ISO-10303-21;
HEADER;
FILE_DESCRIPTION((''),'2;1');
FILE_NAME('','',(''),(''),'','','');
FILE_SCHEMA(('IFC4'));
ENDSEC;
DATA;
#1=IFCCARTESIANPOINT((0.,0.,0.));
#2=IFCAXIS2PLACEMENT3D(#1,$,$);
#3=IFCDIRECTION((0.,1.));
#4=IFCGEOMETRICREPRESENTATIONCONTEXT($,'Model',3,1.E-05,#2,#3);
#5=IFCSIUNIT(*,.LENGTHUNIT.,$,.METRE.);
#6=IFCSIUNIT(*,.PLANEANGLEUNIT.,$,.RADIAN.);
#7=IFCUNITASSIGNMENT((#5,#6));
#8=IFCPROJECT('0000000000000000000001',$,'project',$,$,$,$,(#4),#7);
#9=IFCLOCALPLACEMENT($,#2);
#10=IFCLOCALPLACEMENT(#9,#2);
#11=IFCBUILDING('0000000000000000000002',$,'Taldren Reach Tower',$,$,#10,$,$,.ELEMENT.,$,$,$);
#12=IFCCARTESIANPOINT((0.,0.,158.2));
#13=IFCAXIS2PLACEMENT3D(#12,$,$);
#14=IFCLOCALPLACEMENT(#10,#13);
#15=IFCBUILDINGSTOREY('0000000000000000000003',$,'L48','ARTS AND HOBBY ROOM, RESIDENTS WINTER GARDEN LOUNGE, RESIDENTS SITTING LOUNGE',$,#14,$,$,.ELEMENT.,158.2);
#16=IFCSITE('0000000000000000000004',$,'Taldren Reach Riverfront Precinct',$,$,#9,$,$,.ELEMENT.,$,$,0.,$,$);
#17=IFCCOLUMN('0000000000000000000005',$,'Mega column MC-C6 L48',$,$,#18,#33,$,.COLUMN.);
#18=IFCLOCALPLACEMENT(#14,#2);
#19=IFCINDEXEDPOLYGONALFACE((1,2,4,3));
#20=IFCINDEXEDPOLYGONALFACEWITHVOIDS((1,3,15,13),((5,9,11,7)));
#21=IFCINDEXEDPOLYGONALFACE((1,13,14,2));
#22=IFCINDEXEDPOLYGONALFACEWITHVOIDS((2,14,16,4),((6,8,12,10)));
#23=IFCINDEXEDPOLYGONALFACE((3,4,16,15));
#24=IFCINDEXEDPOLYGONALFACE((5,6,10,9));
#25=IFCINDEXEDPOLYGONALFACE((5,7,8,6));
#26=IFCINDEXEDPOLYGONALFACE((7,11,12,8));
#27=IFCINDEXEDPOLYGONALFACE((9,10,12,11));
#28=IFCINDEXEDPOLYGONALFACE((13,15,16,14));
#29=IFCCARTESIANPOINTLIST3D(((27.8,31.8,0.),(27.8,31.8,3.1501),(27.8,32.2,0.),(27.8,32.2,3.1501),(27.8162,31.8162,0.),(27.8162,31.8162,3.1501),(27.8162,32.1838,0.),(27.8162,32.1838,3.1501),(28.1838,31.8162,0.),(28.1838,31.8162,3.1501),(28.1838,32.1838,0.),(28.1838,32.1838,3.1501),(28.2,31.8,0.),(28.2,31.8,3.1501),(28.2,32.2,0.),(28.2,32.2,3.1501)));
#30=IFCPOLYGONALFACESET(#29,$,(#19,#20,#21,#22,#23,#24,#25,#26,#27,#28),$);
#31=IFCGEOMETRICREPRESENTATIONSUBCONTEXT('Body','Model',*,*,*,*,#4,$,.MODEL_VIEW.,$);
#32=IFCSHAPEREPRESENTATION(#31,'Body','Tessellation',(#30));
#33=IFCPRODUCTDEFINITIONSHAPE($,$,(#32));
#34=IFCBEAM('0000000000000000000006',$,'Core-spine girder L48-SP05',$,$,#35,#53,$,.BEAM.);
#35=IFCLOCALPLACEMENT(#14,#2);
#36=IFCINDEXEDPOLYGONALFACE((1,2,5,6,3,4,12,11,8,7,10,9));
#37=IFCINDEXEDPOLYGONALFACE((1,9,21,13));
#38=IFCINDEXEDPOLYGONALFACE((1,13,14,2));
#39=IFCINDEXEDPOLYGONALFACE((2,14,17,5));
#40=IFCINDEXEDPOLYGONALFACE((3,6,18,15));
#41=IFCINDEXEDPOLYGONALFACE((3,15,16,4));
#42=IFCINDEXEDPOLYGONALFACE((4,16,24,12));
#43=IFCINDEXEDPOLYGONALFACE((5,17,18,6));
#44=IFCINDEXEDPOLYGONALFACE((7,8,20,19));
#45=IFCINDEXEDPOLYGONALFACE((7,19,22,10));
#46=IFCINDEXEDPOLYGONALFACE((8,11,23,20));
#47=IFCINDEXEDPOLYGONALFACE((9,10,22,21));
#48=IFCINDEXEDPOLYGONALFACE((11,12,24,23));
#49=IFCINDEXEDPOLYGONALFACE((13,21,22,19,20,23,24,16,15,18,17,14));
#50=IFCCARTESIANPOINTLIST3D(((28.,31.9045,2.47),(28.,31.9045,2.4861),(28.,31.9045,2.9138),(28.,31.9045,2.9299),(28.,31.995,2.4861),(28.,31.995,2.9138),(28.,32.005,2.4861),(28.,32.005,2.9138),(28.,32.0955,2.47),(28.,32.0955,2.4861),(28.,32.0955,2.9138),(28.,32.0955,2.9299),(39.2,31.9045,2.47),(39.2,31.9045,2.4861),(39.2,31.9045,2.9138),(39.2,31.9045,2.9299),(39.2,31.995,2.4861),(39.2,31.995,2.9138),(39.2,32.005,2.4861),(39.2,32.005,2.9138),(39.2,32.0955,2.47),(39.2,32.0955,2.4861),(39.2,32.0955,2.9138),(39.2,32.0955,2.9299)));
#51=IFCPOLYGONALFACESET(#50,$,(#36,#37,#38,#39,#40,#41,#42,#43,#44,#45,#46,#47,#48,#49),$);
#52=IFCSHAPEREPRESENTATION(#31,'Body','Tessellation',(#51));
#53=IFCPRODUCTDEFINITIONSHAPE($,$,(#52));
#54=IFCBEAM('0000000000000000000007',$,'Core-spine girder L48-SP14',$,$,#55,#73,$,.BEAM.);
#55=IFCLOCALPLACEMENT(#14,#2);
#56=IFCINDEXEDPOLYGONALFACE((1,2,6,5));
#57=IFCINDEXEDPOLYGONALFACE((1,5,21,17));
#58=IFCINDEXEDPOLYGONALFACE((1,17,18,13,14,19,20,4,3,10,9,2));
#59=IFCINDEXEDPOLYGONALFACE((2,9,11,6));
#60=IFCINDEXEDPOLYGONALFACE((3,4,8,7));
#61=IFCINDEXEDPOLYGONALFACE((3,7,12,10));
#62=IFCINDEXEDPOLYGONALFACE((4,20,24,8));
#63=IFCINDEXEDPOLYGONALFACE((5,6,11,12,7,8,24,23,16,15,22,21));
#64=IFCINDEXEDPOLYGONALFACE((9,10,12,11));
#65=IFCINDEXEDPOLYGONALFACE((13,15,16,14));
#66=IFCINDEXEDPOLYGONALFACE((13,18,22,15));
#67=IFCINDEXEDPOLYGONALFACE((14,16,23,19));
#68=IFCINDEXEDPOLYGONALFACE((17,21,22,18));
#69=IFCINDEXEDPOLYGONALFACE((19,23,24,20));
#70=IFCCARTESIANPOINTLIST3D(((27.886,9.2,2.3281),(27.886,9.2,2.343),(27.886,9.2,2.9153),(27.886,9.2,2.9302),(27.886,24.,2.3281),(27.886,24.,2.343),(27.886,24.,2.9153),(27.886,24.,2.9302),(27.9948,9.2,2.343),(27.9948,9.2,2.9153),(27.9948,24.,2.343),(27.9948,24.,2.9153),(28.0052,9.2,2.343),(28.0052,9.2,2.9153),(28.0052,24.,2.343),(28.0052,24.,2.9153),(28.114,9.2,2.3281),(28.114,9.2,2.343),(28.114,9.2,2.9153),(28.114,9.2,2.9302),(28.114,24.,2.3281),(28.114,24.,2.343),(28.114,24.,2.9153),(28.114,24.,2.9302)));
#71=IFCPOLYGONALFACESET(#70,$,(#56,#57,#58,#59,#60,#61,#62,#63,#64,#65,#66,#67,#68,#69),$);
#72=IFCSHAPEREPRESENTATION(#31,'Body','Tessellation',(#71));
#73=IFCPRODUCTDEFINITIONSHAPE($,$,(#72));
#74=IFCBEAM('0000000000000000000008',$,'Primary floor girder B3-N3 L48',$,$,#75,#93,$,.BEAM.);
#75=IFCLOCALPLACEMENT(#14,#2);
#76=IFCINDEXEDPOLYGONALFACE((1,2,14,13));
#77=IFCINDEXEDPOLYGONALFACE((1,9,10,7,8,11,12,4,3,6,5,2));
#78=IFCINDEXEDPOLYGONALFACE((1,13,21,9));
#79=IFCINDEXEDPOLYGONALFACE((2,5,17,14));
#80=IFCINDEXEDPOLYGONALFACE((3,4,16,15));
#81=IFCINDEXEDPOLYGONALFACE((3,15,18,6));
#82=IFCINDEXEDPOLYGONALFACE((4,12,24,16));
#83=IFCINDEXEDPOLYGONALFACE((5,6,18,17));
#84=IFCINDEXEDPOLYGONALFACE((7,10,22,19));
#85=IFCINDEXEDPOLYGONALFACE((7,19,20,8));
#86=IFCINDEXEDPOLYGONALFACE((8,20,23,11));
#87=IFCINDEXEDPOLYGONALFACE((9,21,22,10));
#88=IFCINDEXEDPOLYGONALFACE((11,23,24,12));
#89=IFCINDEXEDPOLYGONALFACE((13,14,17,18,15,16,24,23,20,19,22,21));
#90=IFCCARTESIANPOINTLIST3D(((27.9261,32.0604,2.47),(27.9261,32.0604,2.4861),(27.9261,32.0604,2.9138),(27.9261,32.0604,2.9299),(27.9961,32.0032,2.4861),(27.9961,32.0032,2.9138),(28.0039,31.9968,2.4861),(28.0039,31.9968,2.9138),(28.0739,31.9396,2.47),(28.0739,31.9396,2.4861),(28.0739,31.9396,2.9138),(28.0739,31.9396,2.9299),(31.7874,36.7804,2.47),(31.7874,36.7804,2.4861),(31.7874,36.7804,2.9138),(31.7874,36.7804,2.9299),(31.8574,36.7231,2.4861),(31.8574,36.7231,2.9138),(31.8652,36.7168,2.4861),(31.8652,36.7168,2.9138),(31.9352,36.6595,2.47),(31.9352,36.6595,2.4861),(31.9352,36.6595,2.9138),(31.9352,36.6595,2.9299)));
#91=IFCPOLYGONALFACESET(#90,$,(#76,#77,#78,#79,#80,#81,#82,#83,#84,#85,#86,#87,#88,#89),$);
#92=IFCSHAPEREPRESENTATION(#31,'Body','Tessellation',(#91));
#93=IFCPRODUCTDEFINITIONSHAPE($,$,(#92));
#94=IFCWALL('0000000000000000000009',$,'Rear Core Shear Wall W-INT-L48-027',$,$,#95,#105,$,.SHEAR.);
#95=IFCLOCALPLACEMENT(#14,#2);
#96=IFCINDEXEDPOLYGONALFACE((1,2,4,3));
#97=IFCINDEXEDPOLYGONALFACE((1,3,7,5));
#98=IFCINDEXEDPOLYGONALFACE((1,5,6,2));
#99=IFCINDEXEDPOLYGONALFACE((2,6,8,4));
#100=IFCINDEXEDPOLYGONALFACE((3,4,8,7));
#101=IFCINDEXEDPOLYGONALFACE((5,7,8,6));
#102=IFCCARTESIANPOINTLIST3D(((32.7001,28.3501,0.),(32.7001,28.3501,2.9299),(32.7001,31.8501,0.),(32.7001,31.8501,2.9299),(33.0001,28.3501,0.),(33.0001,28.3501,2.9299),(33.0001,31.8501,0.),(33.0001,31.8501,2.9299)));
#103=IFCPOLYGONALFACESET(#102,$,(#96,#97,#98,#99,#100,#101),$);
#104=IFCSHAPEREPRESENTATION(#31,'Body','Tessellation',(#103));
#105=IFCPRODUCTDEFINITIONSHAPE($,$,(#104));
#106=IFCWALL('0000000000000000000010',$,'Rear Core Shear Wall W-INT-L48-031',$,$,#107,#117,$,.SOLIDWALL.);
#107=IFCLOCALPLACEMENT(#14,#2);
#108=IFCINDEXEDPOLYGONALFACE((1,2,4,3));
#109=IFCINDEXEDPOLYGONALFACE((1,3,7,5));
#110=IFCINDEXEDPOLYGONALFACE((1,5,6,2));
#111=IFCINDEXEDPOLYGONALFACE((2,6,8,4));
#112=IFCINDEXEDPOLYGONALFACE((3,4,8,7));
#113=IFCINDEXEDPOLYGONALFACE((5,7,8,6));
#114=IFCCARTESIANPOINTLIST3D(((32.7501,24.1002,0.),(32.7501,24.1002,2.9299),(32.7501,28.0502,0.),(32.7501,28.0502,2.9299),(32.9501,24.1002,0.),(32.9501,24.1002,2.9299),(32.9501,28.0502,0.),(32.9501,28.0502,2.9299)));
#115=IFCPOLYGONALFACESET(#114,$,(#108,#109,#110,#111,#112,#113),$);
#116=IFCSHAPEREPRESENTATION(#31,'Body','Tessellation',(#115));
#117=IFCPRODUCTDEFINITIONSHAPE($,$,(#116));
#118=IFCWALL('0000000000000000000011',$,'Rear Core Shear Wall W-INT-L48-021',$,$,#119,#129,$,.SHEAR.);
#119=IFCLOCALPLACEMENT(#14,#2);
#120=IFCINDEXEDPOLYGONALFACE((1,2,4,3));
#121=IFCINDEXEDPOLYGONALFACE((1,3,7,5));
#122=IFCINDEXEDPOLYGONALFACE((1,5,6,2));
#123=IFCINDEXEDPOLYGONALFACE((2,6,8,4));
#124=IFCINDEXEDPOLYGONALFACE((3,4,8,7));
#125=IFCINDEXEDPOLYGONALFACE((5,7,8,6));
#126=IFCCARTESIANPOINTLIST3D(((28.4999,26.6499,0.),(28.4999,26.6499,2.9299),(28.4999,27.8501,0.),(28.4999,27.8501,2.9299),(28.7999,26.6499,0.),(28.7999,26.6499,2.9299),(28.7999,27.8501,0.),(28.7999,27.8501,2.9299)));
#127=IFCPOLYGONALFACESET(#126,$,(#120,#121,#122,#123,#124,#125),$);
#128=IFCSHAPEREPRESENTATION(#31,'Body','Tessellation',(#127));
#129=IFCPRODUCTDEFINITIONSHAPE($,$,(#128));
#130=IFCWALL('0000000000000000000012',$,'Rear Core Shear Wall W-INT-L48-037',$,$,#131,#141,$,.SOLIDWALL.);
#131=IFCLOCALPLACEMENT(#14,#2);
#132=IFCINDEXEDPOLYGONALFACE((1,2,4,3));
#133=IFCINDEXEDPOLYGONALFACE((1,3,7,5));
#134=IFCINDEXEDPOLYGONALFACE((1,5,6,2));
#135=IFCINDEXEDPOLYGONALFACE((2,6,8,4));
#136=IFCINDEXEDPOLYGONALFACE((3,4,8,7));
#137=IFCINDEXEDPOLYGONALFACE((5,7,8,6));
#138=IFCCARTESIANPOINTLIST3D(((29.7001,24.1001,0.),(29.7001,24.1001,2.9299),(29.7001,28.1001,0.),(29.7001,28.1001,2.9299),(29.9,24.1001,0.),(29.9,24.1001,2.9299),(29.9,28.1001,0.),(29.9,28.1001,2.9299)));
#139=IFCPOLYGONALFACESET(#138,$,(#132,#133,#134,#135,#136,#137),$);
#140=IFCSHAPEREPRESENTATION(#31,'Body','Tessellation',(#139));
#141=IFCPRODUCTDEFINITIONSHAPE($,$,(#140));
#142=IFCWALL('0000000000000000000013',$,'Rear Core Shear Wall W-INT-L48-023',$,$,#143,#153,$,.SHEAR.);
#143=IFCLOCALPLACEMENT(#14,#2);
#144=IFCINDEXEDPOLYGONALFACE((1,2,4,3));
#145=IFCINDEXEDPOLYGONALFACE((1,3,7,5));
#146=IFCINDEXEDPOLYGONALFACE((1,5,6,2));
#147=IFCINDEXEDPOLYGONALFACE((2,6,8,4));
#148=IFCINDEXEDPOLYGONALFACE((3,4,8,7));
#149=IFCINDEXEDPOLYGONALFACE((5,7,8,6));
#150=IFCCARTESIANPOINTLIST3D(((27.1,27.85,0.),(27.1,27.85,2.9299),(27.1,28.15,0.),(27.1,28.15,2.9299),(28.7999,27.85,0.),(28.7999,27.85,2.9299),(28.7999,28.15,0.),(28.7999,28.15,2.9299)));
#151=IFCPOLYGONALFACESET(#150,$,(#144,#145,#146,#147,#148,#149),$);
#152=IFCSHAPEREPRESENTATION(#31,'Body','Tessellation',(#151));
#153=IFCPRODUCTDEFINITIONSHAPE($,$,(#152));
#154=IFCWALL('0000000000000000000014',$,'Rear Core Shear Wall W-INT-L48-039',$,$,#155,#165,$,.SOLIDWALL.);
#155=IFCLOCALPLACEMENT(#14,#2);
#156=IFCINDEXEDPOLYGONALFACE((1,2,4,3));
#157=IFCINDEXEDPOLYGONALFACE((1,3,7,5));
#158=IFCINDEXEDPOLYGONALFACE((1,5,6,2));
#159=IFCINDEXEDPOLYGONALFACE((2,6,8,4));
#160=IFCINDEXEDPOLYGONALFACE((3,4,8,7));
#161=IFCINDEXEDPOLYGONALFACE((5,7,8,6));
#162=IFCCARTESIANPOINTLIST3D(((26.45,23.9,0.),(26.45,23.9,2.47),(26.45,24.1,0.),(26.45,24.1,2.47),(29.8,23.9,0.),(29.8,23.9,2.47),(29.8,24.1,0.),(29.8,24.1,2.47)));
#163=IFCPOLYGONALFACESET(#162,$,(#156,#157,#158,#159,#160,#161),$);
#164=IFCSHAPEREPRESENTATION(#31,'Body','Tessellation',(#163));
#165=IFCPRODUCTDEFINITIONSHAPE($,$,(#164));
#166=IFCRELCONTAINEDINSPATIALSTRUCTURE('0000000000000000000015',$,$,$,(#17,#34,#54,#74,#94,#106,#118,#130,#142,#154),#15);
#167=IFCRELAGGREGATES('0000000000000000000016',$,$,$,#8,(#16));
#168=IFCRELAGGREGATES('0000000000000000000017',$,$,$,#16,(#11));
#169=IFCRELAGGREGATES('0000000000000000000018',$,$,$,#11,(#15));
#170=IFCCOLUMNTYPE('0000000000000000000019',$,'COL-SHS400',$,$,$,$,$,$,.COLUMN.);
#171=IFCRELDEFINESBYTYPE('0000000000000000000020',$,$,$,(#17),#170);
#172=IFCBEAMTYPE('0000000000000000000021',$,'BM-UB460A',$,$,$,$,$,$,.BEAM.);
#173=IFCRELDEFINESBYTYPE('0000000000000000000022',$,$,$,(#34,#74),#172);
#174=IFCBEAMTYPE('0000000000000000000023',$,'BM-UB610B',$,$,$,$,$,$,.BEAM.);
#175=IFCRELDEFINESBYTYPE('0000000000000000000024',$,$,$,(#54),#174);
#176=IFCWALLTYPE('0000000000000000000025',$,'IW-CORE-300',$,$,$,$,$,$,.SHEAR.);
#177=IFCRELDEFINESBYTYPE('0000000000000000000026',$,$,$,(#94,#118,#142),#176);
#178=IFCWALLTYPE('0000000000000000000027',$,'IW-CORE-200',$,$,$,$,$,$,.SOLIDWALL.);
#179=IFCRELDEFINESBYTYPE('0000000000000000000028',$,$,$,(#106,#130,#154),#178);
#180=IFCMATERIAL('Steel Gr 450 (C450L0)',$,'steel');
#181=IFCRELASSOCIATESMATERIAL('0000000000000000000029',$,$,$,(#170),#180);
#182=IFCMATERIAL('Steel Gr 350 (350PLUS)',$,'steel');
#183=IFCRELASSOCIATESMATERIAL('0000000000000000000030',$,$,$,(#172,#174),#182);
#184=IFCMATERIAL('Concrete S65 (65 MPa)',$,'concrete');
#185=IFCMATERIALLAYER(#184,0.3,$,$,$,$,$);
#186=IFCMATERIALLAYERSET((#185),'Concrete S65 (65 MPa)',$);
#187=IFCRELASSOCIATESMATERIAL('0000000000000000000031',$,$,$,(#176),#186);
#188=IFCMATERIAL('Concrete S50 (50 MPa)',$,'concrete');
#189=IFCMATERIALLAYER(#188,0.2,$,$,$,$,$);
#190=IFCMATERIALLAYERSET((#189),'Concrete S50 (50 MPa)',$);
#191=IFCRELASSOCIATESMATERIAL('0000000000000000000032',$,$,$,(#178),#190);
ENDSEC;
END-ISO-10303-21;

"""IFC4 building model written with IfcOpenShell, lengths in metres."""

from ifc_helpers import new_model, si_unit, direction, frame, frame_2d, origin, origin_2d, place, context, subcontext, project, spatial, rectangle, hollow_rectangle, i_section, extrude, source, transform, mapped, material, layer, layer_set, material_profile, profile_set, type_object, element, save


model = new_model("IFC4")

# Units and contexts
model_context = context("Model", 3, precision=1e-05, world=origin(), true_north=direction((0.0, 1.0)))
body_context = subcontext(model_context, "Body", "Model", "MODEL_VIEW")
ifc_project = project(units=[si_unit("LENGTHUNIT", "METRE"), si_unit("PLANEANGLEUNIT", "RADIAN")], contexts=[model_context])

# Site, building, storey
site_placement = place(None, origin())
site = spatial("IfcSite", under=ifc_project, at=site_placement, Name="Taldren Reach Riverfront Precinct", CompositionType="ELEMENT", RefElevation=0.0)
building_placement = place(site_placement, origin())
building = spatial("IfcBuilding", under=site, at=building_placement, Name="Taldren Reach Tower", CompositionType="ELEMENT")
storey_placement = place(building_placement, frame((0.0, 0.0, 158.2)))
storey = spatial("IfcBuildingStorey", under=building, at=storey_placement, Name="L48", Description="ARTS AND HOBBY ROOM, RESIDENTS WINTER GARDEN LOUNGE, RESIDENTS SITTING LOUNGE", CompositionType="ELEMENT", Elevation=158.2)

# Column
ifc_material_1 = material(Name="Steel Gr 450 (C450L0)", Category="steel")
ifc_material_profile_1 = material_profile(ifc_material_1, hollow_rectangle(XDim=0.3999, YDim=0.3999, WallThickness=0.0161, at=origin_2d()), Name="400x400x16.0SHS")
ifc_profile_set_1 = profile_set([ifc_material_profile_1], Name="Steel Gr 450 (C450L0)")
column_type = type_object("IfcColumnType", Name="COL-SHS400", PredefinedType="COLUMN", material=ifc_profile_set_1)
shared_shape_1 = source(origin(), body_context, "Body", "SweptSolid", [
    extrude(hollow_rectangle(XDim=0.3999, YDim=0.3999, WallThickness=0.0161, at=origin_2d()), origin(), (0.0, 0.0, 1.0), 3.1501),
])
column_placement = place(storey_placement, frame((28.0, 32.0, 0.0), z_axis=(0.0, 0.0, 1.0), x_axis=(1.0, 0.0, 0.0)))
element("IfcColumn", 1, at=column_placement, inside=storey, type_object=column_type, Name="Mega column MC-C6 L48", PredefinedType="COLUMN", context=body_context, shape_type="MappedRepresentation", body=[
    mapped(shared_shape_1, transform((0.0, 0.0, 0.0), scale=1.0)),
])

# Beams
ifc_material_2 = material(Name="Steel Gr 350 (350PLUS)", Category="steel")
ifc_material_profile_2 = material_profile(ifc_material_2, i_section(OverallWidth=0.1909, OverallDepth=0.46, WebThickness=0.01, FlangeThickness=0.0161, at=origin_2d()), Name="460UB82.1")
ifc_profile_set_2 = profile_set([ifc_material_profile_2], Name="Steel Gr 350 (350PLUS)")
beam_type_1 = type_object("IfcBeamType", Name="BM-UB460A", PredefinedType="BEAM", material=ifc_profile_set_2)
shared_shape_2 = source(origin(), body_context, "Body", "SweptSolid", [
    extrude(i_section(OverallWidth=0.1909, OverallDepth=0.46, WebThickness=0.01, FlangeThickness=0.0161, at=origin_2d()), origin(), (0.0, 0.0, 1.0), 11.2),
])
beam_1_placement = place(storey_placement, frame((28.0, 32.0, 2.7), z_axis=(1.0, 0.0, 0.0), x_axis=(0.0, 1.0, 0.0)))
element("IfcBeam", 2, at=beam_1_placement, inside=storey, type_object=beam_type_1, Name="Core-spine girder L48-SP05", PredefinedType="BEAM", context=body_context, shape_type="MappedRepresentation", body=[
    mapped(shared_shape_2, transform((0.0, 0.0, 0.0), scale=1.0)),
])
ifc_material_profile_3 = material_profile(ifc_material_2, i_section(OverallWidth=0.228, OverallDepth=0.6021, WebThickness=0.0105, FlangeThickness=0.0149, at=origin_2d()), Name="610UB101")
ifc_profile_set_3 = profile_set([ifc_material_profile_3], Name="Steel Gr 350 (350PLUS)")
beam_type_2 = type_object("IfcBeamType", Name="BM-UB610B", PredefinedType="BEAM", material=ifc_profile_set_3)
shared_shape_3 = source(origin(), body_context, "Body", "SweptSolid", [
    extrude(i_section(OverallWidth=0.228, OverallDepth=0.6021, WebThickness=0.0105, FlangeThickness=0.0149, at=origin_2d()), origin(), (0.0, 0.0, 1.0), 14.8),
])
beam_2_placement = place(storey_placement, frame((28.0, 24.0, 2.6292), z_axis=(0.0, -1.0, 0.0), x_axis=(1.0, 0.0, 0.0)))
element("IfcBeam", 3, at=beam_2_placement, inside=storey, type_object=beam_type_2, Name="Core-spine girder L48-SP14", PredefinedType="BEAM", context=body_context, shape_type="MappedRepresentation", body=[
    mapped(shared_shape_3, transform((0.0, 0.0, 0.0), scale=1.0)),
])
shared_shape_4 = source(origin(), body_context, "Body", "SweptSolid", [
    extrude(i_section(OverallWidth=0.1909, OverallDepth=0.46, WebThickness=0.01, FlangeThickness=0.0161, at=origin_2d()), origin(), (0.0, 0.0, 1.0), 6.0981),
])
beam_3_placement = place(storey_placement, frame((28.0, 32.0, 2.7), z_axis=(0.633192, 0.773995, 0.0), x_axis=(-0.773995, 0.633192, 0.0)))
element("IfcBeam", 4, at=beam_3_placement, inside=storey, type_object=beam_type_1, Name="Primary floor girder B3-N3 L48", PredefinedType="BEAM", context=body_context, shape_type="MappedRepresentation", body=[
    mapped(shared_shape_4, transform((0.0, 0.0, 0.0), scale=1.0)),
])

# Walls
ifc_material_3 = material(Name="Concrete S65 (65 MPa)", Category="concrete")
ifc_layer_1 = layer(ifc_material_3, 0.3)
ifc_layer_set_1 = layer_set([ifc_layer_1], Name="Concrete S65 (65 MPa)")
wall_type_1 = type_object("IfcWallType", Name="IW-CORE-300", PredefinedType="SHEAR", material=ifc_layer_set_1)
shared_shape_5 = source(origin(), body_context, "Body", "SweptSolid", [
    extrude(rectangle(XDim=3.5, YDim=0.3, at=frame_2d((1.75, 0.0))), origin(), (0.0, 0.0, 1.0), 2.9299),
])
wall_1_placement = place(storey_placement, frame((32.8501, 31.8501, 0.0), z_axis=(0.0, 0.0, 1.0), x_axis=(0.0, -1.0, 0.0)))
element("IfcWall", 5, at=wall_1_placement, inside=storey, type_object=wall_type_1, Name="Rear Core Shear Wall W-INT-L48-027", PredefinedType="SHEAR", context=body_context, shape_type="MappedRepresentation", body=[
    mapped(shared_shape_5, transform((0.0, 0.0, 0.0), scale=1.0)),
])
ifc_material_4 = material(Name="Concrete S50 (50 MPa)", Category="concrete")
ifc_layer_2 = layer(ifc_material_4, 0.2)
ifc_layer_set_2 = layer_set([ifc_layer_2], Name="Concrete S50 (50 MPa)")
wall_type_2 = type_object("IfcWallType", Name="IW-CORE-200", PredefinedType="SOLIDWALL", material=ifc_layer_set_2)
shared_shape_6 = source(origin(), body_context, "Body", "SweptSolid", [
    extrude(rectangle(XDim=3.95, YDim=0.2, at=frame_2d((1.9751, 0.0))), origin(), (0.0, 0.0, 1.0), 2.9299),
])
wall_2_placement = place(storey_placement, frame((32.8501, 24.1001, 0.0), z_axis=(0.0, 0.0, 1.0), x_axis=(0.0, 1.0, 0.0)))
element("IfcWall", 6, at=wall_2_placement, inside=storey, type_object=wall_type_2, Name="Rear Core Shear Wall W-INT-L48-031", PredefinedType="SOLIDWALL", context=body_context, shape_type="MappedRepresentation", body=[
    mapped(shared_shape_6, transform((0.0, 0.0, 0.0), scale=1.0)),
])
shared_shape_7 = source(origin(), body_context, "Body", "SweptSolid", [
    extrude(rectangle(XDim=1.2002, YDim=0.3, at=frame_2d((0.6001, 0.0))), origin(), (0.0, 0.0, 1.0), 2.9299),
])
wall_3_placement = place(storey_placement, frame((28.6499, 26.6499, 0.0), z_axis=(0.0, 0.0, 1.0), x_axis=(0.0, 1.0, 0.0)))
element("IfcWall", 7, at=wall_3_placement, inside=storey, type_object=wall_type_1, Name="Rear Core Shear Wall W-INT-L48-021", PredefinedType="SHEAR", context=body_context, shape_type="MappedRepresentation", body=[
    mapped(shared_shape_7, transform((0.0, 0.0, 0.0), scale=1.0)),
])

# Walls
shared_shape_8 = source(origin(), body_context, "Body", "SweptSolid", [
    extrude(rectangle(XDim=4.0, YDim=0.2, at=frame_2d((2.0, 0.0))), origin(), (0.0, 0.0, 1.0), 2.9299),
])
wall_4_placement = place(storey_placement, frame((29.8, 28.1001, 0.0), z_axis=(0.0, 0.0, 1.0), x_axis=(0.0, -1.0, 0.0)))
element("IfcWall", 8, at=wall_4_placement, inside=storey, type_object=wall_type_2, Name="Rear Core Shear Wall W-INT-L48-037", PredefinedType="SOLIDWALL", context=body_context, shape_type="MappedRepresentation", body=[
    mapped(shared_shape_8, transform((0.0, 0.0, 0.0), scale=1.0)),
])
shared_shape_9 = source(origin(), body_context, "Body", "SweptSolid", [
    extrude(rectangle(XDim=1.7, YDim=0.3, at=frame_2d((0.8501, 0.0))), origin(), (0.0, 0.0, 1.0), 2.9299),
])
wall_5_placement = place(storey_placement, frame((28.8, 28.0, 0.0), z_axis=(0.0, 0.0, 1.0), x_axis=(-1.0, 0.0, 0.0)))
element("IfcWall", 9, at=wall_5_placement, inside=storey, type_object=wall_type_1, Name="Rear Core Shear Wall W-INT-L48-023", PredefinedType="SHEAR", context=body_context, shape_type="MappedRepresentation", body=[
    mapped(shared_shape_9, transform((0.0, 0.0, 0.0), scale=1.0)),
])
shared_shape_10 = source(origin(), body_context, "Body", "SweptSolid", [
    extrude(rectangle(XDim=3.3501, YDim=0.2, at=frame_2d((1.675, 0.0))), origin(), (0.0, 0.0, 1.0), 2.47),
])
wall_6_placement = place(storey_placement, frame((29.8, 24.0, 0.0), z_axis=(0.0, 0.0, 1.0), x_axis=(-1.0, 0.0, 0.0)))
element("IfcWall", 10, at=wall_6_placement, inside=storey, type_object=wall_type_2, Name="Rear Core Shear Wall W-INT-L48-039", PredefinedType="SOLIDWALL", context=body_context, shape_type="MappedRepresentation", body=[
    mapped(shared_shape_10, transform((0.0, 0.0, 0.0), scale=1.0)),
])

save(model, "model.ifc")
